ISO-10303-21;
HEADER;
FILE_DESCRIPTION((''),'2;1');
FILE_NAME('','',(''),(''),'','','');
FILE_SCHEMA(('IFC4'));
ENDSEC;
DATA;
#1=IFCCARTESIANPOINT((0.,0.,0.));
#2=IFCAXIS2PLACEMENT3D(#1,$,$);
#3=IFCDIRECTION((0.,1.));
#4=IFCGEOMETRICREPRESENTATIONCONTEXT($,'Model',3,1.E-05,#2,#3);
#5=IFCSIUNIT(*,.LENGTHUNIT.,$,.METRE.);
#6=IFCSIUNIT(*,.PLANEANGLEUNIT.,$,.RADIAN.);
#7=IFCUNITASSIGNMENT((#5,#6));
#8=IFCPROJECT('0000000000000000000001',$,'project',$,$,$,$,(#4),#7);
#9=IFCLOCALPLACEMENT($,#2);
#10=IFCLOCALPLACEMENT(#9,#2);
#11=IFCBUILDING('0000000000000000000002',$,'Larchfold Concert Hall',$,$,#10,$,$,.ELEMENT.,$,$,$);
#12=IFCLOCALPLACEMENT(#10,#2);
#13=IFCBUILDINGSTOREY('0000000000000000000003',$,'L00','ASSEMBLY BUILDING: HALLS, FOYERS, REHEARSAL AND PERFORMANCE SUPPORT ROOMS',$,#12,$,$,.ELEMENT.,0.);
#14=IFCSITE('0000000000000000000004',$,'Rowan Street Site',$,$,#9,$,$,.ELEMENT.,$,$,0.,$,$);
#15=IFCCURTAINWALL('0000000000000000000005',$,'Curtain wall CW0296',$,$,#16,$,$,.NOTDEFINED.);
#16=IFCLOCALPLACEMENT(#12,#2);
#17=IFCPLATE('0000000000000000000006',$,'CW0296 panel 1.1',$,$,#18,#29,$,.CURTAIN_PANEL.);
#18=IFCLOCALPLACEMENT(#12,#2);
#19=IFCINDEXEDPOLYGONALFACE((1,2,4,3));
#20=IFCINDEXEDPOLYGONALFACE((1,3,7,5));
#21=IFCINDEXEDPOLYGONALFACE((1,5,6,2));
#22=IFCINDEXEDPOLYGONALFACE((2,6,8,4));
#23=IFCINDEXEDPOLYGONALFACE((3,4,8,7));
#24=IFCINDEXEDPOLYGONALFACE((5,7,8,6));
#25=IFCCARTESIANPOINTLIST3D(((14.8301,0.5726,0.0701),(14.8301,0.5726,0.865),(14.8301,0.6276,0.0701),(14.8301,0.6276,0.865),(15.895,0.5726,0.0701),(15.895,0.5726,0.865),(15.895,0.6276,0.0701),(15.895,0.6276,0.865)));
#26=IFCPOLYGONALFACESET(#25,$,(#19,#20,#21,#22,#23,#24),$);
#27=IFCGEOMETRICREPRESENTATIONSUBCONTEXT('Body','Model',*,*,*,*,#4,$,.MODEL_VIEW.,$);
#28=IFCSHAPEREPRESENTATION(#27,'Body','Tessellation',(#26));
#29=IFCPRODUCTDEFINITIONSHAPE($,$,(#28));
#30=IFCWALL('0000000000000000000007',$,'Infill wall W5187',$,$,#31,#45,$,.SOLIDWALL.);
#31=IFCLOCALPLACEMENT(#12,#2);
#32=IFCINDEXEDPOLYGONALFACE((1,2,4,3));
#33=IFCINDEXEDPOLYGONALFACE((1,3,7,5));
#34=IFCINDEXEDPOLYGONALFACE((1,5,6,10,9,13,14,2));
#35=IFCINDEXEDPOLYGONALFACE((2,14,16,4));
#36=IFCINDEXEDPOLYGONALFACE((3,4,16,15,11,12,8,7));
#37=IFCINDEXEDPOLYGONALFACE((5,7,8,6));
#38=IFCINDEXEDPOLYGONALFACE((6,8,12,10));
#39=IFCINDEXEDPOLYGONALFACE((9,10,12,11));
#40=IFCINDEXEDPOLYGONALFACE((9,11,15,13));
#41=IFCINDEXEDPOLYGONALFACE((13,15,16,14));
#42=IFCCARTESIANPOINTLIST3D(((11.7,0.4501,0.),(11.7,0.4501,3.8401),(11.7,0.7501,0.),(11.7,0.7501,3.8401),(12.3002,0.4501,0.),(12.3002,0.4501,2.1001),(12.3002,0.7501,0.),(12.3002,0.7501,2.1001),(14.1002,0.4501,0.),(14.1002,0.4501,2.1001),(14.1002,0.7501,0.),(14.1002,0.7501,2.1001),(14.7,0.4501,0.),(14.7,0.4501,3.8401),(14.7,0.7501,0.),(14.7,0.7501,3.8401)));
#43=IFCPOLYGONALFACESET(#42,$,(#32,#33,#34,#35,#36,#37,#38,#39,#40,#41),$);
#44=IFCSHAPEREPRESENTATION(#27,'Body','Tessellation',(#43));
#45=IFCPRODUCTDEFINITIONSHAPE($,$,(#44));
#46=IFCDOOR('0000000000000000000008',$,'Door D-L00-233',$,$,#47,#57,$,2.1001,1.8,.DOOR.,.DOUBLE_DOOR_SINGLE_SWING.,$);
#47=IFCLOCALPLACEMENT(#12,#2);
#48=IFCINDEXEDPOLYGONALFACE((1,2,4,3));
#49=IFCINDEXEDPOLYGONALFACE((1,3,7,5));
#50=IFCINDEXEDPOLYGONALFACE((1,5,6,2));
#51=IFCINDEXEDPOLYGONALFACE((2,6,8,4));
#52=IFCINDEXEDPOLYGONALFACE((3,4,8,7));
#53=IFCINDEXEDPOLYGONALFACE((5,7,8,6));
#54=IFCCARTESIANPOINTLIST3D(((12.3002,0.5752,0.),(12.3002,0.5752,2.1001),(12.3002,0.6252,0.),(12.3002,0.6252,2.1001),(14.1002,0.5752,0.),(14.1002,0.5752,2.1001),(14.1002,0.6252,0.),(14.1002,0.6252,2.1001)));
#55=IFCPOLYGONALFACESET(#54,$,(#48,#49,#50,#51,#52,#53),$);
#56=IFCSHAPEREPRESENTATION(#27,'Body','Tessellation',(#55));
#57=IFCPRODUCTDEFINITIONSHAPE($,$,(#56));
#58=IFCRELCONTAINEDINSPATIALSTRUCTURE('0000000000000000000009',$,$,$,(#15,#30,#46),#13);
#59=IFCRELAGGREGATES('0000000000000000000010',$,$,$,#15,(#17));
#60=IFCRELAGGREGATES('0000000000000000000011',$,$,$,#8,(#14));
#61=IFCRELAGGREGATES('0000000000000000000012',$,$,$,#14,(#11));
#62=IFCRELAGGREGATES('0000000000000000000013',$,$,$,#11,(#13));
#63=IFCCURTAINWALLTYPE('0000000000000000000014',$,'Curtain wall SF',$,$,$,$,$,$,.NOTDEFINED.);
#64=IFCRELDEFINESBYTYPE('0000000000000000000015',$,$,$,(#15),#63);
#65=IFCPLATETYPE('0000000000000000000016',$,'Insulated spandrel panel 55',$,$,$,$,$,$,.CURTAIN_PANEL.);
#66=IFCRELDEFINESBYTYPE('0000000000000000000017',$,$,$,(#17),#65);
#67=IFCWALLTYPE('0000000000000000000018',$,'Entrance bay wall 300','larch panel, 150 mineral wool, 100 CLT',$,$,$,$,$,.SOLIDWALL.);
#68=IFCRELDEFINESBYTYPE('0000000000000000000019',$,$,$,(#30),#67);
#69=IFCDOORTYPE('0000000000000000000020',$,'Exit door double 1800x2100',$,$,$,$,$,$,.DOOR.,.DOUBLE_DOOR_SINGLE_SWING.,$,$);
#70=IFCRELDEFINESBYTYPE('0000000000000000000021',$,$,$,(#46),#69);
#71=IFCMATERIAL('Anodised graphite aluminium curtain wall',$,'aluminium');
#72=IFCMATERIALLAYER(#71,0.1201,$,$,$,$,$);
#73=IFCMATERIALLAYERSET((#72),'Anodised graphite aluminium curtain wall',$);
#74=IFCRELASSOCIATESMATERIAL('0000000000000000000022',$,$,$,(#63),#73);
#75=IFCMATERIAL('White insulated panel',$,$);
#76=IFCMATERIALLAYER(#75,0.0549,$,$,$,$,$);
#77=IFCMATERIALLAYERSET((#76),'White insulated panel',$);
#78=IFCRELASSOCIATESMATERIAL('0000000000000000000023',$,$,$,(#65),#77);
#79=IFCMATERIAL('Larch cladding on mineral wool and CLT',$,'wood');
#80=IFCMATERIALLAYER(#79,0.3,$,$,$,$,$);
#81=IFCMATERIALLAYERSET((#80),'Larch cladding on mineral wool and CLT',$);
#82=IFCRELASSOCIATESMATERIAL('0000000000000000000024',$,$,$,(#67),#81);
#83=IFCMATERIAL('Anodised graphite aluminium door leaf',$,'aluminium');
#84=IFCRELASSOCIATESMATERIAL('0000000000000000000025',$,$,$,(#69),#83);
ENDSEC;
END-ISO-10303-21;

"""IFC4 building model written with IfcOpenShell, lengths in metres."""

from ifc_helpers import new_model, si_unit, direction, frame, frame_2d, origin, origin_2d, place, context, subcontext, project, spatial, rectangle, extrude, material, layer, layer_set, type_object, element, fill, aggregate, save


model = new_model("IFC4")

# Units and contexts
model_context = context("Model", 3, precision=1e-05, world=origin(), true_north=direction((0.0, 1.0)))
body_context = subcontext(model_context, "Body", "Model", "MODEL_VIEW")
ifc_project = project(units=[si_unit("LENGTHUNIT", "METRE"), si_unit("PLANEANGLEUNIT", "RADIAN")], contexts=[model_context])

# Site, building, storey
site_placement = place(None, origin())
site = spatial("IfcSite", under=ifc_project, at=site_placement, Name="Rowan Street Site", CompositionType="ELEMENT", RefElevation=0.0)
building_placement = place(site_placement, origin())
building = spatial("IfcBuilding", under=site, at=building_placement, Name="Larchfold Concert Hall", CompositionType="ELEMENT")
storey_placement = place(building_placement, origin())
storey = spatial("IfcBuildingStorey", under=building, at=storey_placement, Name="L00", Description="ASSEMBLY BUILDING: HALLS, FOYERS, REHEARSAL AND PERFORMANCE SUPPORT ROOMS", CompositionType="ELEMENT", Elevation=0.0)

# Shared definitions
ifc_material_1 = material(Name="Anodised graphite aluminium curtain wall", Category="aluminium")
ifc_layer_1 = layer(ifc_material_1, 0.1201)
ifc_layer_set_1 = layer_set([ifc_layer_1], Name="Anodised graphite aluminium curtain wall")
curtain_wall_type = type_object("IfcCurtainWallType", Name="Curtain wall SF", PredefinedType="NOTDEFINED", material=ifc_layer_set_1)

# Curtain wall
curtain_wall_1_placement = place(storey_placement, origin())
curtain_wall_1 = element("IfcCurtainWall", 1, at=curtain_wall_1_placement, inside=storey, type_object=curtain_wall_type, Name="Curtain wall CW0296", PredefinedType="NOTDEFINED")

# Plate
ifc_material_2 = material(Name="White insulated panel")
ifc_layer_2 = layer(ifc_material_2, 0.0549)
ifc_layer_set_2 = layer_set([ifc_layer_2], Name="White insulated panel")
plate_type_1 = type_object("IfcPlateType", Name="Insulated spandrel panel 55", PredefinedType="CURTAIN_PANEL", material=ifc_layer_set_2)
plate_1_placement = place(storey_placement, frame((15.3625, 0.6001, 0.0701), z_axis=(0.0, 0.0, 1.0), x_axis=(1.0, 0.0, 0.0)))
plate_1 = element("IfcPlate", 2, at=plate_1_placement, type_object=plate_type_1, Name="CW0296 panel 1.1", PredefinedType="CURTAIN_PANEL", context=body_context, shape_type="SweptSolid", body=[
    extrude(rectangle(XDim=1.0649, YDim=0.0549, at=origin_2d()), origin(), (0.0, 0.0, 1.0), 0.7949),
])
aggregate(curtain_wall_1, [plate_1])

# Wall, opening, door
ifc_material_3 = material(Name="Larch cladding on mineral wool and CLT", Category="wood")
ifc_layer_3 = layer(ifc_material_3, 0.3)
ifc_layer_set_3 = layer_set([ifc_layer_3], Name="Larch cladding on mineral wool and CLT")
wall_type = type_object("IfcWallType", Name="Entrance bay wall 300", Description="larch panel, 150 mineral wool, 100 CLT", PredefinedType="SOLIDWALL", material=ifc_layer_set_3)
wall_placement = place(storey_placement, frame((11.7, 0.6001, 0.0), z_axis=(0.0, 0.0, 1.0), x_axis=(1.0, 0.0, 0.0)))
wall = element("IfcWall", 3, at=wall_placement, inside=storey, type_object=wall_type, Name="Infill wall W5187", PredefinedType="SOLIDWALL", context=body_context, shape_type="SweptSolid", body=[
    extrude(rectangle(XDim=3.0, YDim=0.3, at=frame_2d((1.5, 0.0))), origin(), (0.0, 0.0, 1.0), 3.8401),
])
opening_placement = place(wall_placement, frame((2.4001, 0.0, 0.0), z_axis=(0.0, 0.0, 1.0), x_axis=(-1.0, 0.0, 0.0)))
opening = element("IfcOpeningElement", 4, at=opening_placement, cuts=wall, PredefinedType="OPENING", context=body_context, shape_type="SweptSolid", body=[
    extrude(rectangle(XDim=1.8, YDim=2.1001, at=frame_2d((0.8999, 1.05))), frame((0.0, 0.1602, 0.0), z_axis=(0.0, -1.0, 0.0), x_axis=(1.0, 0.0, 0.0)), (0.0, 0.0, 1.0), 0.3201),
])
ifc_material_4 = material(Name="Anodised graphite aluminium door leaf", Category="aluminium")
door_type = type_object("IfcDoorType", Name="Exit door double 1800x2100", OperationType="DOUBLE_DOOR_SINGLE_SWING", PredefinedType="DOOR", material=ifc_material_4)
door_placement = place(opening_placement, origin())
door = element("IfcDoor", 5, at=door_placement, inside=storey, type_object=door_type, Name="Door D-L00-233", OperationType="DOUBLE_DOOR_SINGLE_SWING", OverallHeight=2.1001, OverallWidth=1.8, PredefinedType="DOOR", context=body_context, shape_type="SweptSolid", body=[
    extrude(rectangle(XDim=1.8, YDim=2.1001, at=frame_2d((0.8999, 1.05))), frame((0.0, 0.0249, 0.0), z_axis=(0.0, -1.0, 0.0), x_axis=(1.0, 0.0, 0.0)), (0.0, 0.0, 1.0), 0.05),
])
fill(opening, door)

save(model, "model.ifc")
